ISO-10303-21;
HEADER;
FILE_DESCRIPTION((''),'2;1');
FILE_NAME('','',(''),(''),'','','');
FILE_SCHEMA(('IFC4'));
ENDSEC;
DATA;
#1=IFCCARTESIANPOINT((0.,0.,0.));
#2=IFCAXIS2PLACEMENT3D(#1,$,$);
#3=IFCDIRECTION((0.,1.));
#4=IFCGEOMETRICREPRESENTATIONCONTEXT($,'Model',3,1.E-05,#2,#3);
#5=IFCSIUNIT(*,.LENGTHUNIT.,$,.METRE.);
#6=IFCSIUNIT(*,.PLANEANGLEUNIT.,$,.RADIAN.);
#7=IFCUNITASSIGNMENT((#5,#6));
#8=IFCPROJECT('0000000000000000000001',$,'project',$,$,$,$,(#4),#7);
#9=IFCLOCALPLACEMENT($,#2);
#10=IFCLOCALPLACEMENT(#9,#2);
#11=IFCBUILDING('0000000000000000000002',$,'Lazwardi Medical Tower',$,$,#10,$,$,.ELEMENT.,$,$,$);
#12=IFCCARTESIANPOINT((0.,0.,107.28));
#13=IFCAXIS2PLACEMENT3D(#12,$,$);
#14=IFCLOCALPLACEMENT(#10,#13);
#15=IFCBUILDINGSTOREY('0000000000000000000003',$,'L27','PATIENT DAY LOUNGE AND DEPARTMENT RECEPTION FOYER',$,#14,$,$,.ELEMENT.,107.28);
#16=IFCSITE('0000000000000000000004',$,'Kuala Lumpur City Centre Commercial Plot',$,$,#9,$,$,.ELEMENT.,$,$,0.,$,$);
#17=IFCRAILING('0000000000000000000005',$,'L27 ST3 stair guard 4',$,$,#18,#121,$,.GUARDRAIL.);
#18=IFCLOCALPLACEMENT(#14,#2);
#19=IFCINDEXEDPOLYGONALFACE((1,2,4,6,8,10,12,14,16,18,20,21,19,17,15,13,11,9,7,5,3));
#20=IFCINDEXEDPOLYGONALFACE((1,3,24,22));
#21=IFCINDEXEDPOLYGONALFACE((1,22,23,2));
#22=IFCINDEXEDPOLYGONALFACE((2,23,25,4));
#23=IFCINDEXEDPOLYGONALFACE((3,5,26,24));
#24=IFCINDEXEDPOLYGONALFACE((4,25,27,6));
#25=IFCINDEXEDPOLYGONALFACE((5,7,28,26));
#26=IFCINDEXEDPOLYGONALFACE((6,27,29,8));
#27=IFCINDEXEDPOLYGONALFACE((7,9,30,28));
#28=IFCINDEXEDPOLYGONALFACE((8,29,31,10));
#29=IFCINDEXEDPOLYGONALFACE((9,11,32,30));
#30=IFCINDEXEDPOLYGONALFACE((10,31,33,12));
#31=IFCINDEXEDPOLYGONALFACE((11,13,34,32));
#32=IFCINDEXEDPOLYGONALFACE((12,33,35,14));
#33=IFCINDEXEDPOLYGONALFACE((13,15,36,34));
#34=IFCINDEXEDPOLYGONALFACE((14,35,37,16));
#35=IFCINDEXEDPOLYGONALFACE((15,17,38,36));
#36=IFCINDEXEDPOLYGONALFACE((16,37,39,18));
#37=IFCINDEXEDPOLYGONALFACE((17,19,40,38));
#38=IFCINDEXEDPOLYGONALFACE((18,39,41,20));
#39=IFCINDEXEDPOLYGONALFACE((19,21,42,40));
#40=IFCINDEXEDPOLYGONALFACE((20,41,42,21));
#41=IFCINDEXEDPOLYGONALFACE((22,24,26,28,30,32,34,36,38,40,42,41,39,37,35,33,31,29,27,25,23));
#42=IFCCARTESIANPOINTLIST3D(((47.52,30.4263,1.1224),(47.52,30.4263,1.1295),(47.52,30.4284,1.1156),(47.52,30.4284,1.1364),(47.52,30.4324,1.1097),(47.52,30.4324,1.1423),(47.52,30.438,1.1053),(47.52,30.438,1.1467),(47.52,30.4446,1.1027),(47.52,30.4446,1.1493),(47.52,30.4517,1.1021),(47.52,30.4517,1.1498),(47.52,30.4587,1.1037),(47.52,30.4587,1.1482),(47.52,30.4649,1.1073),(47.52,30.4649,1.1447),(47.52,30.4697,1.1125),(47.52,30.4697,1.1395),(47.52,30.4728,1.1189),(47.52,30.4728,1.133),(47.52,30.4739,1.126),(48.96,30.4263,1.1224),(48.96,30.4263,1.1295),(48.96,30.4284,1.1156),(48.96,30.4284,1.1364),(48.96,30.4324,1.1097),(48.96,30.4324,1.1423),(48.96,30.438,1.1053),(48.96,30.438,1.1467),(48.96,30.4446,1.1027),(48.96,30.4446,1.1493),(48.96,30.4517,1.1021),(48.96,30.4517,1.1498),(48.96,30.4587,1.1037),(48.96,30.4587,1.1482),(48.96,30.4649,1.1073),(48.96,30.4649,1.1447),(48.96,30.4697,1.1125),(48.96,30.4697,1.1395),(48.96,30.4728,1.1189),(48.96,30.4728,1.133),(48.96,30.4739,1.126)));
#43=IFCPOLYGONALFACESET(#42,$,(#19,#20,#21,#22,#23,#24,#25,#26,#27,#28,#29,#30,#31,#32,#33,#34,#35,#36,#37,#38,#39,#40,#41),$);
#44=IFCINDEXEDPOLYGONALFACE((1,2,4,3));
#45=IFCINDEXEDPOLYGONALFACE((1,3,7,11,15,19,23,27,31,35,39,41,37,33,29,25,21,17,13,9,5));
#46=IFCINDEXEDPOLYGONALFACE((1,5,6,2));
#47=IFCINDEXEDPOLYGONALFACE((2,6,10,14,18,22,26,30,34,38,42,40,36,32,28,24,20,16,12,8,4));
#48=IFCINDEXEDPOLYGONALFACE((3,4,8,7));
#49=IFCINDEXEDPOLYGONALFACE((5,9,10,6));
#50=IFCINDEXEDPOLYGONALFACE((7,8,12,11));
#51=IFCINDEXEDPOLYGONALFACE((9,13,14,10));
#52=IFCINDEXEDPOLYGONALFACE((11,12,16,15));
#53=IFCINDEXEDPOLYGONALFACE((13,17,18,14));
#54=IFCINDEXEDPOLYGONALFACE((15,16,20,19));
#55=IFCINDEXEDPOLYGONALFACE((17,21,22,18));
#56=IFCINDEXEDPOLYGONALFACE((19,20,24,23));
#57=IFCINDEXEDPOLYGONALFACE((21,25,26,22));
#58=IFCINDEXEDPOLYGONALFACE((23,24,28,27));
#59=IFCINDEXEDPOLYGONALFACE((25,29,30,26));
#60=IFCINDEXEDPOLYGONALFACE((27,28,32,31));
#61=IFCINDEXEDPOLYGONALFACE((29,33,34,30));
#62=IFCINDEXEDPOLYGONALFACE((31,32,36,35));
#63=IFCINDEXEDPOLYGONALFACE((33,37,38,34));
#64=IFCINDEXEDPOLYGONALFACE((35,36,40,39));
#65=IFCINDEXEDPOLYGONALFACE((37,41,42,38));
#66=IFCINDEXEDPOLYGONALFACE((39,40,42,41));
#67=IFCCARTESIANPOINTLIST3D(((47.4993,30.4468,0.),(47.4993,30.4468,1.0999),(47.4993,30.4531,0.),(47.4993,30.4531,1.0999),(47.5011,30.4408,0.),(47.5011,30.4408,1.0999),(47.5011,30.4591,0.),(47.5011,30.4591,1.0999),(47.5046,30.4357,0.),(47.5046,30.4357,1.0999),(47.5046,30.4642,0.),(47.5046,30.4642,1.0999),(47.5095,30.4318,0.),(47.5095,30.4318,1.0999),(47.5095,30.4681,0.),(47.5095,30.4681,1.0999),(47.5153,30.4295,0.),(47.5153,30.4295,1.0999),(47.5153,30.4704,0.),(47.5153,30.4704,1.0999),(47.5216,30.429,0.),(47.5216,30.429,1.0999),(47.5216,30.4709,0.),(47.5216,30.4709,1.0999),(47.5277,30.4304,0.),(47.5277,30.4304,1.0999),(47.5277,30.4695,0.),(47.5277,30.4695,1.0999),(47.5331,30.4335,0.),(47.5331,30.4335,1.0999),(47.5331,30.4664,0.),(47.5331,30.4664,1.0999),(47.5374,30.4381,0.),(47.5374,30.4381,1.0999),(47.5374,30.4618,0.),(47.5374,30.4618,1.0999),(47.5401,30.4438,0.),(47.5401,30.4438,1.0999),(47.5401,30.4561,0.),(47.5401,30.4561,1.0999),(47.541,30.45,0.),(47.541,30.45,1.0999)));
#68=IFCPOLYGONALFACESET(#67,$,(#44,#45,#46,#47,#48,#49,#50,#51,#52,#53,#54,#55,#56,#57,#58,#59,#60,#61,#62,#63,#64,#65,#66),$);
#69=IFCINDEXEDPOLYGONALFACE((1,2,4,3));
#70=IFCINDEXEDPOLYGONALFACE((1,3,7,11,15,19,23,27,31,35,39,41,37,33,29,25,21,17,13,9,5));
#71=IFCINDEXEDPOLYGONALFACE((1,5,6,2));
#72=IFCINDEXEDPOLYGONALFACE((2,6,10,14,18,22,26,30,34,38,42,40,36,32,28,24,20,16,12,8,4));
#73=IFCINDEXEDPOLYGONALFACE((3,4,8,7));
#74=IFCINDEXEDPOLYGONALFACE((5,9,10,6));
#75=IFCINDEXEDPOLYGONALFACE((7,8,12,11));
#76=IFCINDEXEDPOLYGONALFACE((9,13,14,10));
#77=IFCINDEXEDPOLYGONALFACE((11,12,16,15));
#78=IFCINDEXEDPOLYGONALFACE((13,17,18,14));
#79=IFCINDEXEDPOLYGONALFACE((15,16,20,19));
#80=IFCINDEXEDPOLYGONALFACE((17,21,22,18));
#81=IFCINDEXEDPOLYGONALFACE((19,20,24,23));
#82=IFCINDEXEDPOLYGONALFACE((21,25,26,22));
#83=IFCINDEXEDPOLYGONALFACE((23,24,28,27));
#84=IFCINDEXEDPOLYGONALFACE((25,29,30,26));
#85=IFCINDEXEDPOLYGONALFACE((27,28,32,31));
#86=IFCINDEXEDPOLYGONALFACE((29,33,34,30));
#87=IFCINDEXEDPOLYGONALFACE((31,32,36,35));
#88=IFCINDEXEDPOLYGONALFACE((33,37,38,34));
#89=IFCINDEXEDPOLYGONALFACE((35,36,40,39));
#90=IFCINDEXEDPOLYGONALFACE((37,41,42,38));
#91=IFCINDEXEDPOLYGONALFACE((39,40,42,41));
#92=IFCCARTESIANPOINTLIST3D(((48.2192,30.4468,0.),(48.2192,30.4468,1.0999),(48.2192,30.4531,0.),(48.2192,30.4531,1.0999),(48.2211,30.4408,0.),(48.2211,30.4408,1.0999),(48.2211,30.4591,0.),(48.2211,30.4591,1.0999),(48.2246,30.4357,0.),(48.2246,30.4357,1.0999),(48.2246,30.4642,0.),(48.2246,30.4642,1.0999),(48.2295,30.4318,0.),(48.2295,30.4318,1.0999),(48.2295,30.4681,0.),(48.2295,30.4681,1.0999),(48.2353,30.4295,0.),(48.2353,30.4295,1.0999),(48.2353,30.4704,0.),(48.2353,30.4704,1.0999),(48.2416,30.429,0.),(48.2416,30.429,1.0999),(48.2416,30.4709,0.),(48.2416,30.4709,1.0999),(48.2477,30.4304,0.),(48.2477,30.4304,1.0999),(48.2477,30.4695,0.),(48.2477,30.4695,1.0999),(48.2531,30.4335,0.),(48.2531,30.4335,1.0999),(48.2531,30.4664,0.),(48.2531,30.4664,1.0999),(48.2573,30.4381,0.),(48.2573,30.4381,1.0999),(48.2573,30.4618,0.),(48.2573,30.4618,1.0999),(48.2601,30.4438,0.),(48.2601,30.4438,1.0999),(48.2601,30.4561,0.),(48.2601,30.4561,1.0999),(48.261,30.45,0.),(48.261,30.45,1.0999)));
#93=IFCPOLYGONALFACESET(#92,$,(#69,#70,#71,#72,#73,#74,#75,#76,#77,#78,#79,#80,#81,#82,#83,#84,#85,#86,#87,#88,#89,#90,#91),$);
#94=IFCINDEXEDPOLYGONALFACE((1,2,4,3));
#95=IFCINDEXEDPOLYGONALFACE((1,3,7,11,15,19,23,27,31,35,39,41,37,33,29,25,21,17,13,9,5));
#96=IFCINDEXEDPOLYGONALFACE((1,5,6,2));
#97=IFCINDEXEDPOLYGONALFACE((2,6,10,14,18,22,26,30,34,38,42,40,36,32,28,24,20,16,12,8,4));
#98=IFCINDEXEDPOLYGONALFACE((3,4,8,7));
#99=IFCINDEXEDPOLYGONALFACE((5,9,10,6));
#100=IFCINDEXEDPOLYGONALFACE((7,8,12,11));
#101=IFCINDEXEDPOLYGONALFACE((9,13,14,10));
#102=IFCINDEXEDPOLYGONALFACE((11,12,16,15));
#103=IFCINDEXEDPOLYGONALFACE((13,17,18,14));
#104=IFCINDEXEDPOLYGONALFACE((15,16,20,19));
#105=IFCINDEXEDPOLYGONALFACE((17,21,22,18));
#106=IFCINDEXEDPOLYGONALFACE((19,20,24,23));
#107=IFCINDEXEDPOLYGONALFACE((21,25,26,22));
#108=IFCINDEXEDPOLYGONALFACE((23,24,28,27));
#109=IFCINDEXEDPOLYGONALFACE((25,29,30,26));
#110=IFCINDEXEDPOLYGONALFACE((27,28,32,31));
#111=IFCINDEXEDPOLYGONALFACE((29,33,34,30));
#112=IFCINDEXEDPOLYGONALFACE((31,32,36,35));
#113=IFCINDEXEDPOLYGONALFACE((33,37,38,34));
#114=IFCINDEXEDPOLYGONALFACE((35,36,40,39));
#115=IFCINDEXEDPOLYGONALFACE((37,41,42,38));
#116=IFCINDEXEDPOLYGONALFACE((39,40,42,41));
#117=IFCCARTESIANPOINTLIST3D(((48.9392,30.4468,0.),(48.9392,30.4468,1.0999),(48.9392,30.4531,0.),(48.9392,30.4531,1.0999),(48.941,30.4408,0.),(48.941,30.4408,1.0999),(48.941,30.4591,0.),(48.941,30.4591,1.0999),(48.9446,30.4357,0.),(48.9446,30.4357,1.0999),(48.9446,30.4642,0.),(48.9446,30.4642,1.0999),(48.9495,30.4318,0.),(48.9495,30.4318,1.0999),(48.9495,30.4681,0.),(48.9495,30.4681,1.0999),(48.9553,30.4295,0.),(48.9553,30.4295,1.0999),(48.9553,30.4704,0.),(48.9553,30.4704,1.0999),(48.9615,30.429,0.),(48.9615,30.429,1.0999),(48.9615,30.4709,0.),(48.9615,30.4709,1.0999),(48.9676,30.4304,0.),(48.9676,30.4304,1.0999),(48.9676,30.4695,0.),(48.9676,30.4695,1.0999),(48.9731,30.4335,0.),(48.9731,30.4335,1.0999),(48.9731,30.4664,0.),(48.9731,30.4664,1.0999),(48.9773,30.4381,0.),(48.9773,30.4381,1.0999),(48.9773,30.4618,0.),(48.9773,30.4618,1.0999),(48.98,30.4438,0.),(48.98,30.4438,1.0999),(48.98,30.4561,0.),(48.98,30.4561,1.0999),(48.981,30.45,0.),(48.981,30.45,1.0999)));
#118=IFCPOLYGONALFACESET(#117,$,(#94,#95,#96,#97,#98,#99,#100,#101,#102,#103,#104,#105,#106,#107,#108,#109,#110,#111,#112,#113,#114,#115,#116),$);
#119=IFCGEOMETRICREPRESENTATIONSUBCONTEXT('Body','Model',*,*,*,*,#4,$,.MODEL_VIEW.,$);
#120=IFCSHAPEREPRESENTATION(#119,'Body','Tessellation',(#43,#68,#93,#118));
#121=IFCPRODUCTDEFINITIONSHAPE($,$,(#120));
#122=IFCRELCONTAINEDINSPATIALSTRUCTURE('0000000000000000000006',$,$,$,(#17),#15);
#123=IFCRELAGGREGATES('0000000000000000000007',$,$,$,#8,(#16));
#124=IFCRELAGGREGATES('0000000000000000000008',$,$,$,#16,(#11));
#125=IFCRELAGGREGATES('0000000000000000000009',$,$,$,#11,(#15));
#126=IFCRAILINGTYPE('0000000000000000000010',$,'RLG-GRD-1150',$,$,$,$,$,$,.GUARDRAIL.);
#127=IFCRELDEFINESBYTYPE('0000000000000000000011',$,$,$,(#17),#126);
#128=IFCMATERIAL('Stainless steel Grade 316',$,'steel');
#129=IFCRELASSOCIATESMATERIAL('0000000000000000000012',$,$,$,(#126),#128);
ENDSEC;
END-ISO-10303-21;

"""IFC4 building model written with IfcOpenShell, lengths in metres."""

from ifc_helpers import new_model, si_unit, direction, frame, origin, origin_2d, place, context, subcontext, project, spatial, circle, extrude, material, type_object, element, save


model = new_model("IFC4")

# Units and contexts
model_context = context("Model", 3, precision=1e-05, world=origin(), true_north=direction((0.0, 1.0)))
body_context = subcontext(model_context, "Body", "Model", "MODEL_VIEW")
ifc_project = project(units=[si_unit("LENGTHUNIT", "METRE"), si_unit("PLANEANGLEUNIT", "RADIAN")], contexts=[model_context])

# Site, building, storey
site_placement = place(None, origin())
site = spatial("IfcSite", under=ifc_project, at=site_placement, Name="Kuala Lumpur City Centre Commercial Plot", CompositionType="ELEMENT", RefElevation=0.0)
building_placement = place(site_placement, origin())
building = spatial("IfcBuilding", under=site, at=building_placement, Name="Lazwardi Medical Tower", CompositionType="ELEMENT")
storey_placement = place(building_placement, frame((0.0, 0.0, 107.28)))
storey = spatial("IfcBuildingStorey", under=building, at=storey_placement, Name="L27", Description="PATIENT DAY LOUNGE AND DEPARTMENT RECEPTION FOYER", CompositionType="ELEMENT", Elevation=107.28)

# Railing
ifc_material_1 = material(Name="Stainless steel Grade 316", Category="steel")
railing_type_1 = type_object("IfcRailingType", Name="RLG-GRD-1150", PredefinedType="GUARDRAIL", material=ifc_material_1)
railing_1_placement = place(storey_placement, frame((47.52, 30.45, 0.0)))
element("IfcRailing", 1, at=railing_1_placement, inside=storey, type_object=railing_type_1, Name="L27 ST3 stair guard 4", PredefinedType="GUARDRAIL", context=body_context, shape_type="SweptSolid", body=[
    extrude(circle(Radius=0.0239, at=origin_2d()), frame((0.0, 0.0, 1.126), z_axis=(1.0, 0.0, 0.0), x_axis=(0.0, 1.0, 0.0)), (0.0, 0.0, 1.0), 1.4399),
    extrude(circle(Radius=0.021, at=origin_2d()), origin(), (0.0, 0.0, 1.0), 1.0999),
    extrude(circle(Radius=0.021, at=origin_2d()), frame((0.72, 0.0, 0.0)), (0.0, 0.0, 1.0), 1.0999),
    extrude(circle(Radius=0.021, at=origin_2d()), frame((1.4399, 0.0, 0.0)), (0.0, 0.0, 1.0), 1.0999),
])

save(model, "model.ifc")
